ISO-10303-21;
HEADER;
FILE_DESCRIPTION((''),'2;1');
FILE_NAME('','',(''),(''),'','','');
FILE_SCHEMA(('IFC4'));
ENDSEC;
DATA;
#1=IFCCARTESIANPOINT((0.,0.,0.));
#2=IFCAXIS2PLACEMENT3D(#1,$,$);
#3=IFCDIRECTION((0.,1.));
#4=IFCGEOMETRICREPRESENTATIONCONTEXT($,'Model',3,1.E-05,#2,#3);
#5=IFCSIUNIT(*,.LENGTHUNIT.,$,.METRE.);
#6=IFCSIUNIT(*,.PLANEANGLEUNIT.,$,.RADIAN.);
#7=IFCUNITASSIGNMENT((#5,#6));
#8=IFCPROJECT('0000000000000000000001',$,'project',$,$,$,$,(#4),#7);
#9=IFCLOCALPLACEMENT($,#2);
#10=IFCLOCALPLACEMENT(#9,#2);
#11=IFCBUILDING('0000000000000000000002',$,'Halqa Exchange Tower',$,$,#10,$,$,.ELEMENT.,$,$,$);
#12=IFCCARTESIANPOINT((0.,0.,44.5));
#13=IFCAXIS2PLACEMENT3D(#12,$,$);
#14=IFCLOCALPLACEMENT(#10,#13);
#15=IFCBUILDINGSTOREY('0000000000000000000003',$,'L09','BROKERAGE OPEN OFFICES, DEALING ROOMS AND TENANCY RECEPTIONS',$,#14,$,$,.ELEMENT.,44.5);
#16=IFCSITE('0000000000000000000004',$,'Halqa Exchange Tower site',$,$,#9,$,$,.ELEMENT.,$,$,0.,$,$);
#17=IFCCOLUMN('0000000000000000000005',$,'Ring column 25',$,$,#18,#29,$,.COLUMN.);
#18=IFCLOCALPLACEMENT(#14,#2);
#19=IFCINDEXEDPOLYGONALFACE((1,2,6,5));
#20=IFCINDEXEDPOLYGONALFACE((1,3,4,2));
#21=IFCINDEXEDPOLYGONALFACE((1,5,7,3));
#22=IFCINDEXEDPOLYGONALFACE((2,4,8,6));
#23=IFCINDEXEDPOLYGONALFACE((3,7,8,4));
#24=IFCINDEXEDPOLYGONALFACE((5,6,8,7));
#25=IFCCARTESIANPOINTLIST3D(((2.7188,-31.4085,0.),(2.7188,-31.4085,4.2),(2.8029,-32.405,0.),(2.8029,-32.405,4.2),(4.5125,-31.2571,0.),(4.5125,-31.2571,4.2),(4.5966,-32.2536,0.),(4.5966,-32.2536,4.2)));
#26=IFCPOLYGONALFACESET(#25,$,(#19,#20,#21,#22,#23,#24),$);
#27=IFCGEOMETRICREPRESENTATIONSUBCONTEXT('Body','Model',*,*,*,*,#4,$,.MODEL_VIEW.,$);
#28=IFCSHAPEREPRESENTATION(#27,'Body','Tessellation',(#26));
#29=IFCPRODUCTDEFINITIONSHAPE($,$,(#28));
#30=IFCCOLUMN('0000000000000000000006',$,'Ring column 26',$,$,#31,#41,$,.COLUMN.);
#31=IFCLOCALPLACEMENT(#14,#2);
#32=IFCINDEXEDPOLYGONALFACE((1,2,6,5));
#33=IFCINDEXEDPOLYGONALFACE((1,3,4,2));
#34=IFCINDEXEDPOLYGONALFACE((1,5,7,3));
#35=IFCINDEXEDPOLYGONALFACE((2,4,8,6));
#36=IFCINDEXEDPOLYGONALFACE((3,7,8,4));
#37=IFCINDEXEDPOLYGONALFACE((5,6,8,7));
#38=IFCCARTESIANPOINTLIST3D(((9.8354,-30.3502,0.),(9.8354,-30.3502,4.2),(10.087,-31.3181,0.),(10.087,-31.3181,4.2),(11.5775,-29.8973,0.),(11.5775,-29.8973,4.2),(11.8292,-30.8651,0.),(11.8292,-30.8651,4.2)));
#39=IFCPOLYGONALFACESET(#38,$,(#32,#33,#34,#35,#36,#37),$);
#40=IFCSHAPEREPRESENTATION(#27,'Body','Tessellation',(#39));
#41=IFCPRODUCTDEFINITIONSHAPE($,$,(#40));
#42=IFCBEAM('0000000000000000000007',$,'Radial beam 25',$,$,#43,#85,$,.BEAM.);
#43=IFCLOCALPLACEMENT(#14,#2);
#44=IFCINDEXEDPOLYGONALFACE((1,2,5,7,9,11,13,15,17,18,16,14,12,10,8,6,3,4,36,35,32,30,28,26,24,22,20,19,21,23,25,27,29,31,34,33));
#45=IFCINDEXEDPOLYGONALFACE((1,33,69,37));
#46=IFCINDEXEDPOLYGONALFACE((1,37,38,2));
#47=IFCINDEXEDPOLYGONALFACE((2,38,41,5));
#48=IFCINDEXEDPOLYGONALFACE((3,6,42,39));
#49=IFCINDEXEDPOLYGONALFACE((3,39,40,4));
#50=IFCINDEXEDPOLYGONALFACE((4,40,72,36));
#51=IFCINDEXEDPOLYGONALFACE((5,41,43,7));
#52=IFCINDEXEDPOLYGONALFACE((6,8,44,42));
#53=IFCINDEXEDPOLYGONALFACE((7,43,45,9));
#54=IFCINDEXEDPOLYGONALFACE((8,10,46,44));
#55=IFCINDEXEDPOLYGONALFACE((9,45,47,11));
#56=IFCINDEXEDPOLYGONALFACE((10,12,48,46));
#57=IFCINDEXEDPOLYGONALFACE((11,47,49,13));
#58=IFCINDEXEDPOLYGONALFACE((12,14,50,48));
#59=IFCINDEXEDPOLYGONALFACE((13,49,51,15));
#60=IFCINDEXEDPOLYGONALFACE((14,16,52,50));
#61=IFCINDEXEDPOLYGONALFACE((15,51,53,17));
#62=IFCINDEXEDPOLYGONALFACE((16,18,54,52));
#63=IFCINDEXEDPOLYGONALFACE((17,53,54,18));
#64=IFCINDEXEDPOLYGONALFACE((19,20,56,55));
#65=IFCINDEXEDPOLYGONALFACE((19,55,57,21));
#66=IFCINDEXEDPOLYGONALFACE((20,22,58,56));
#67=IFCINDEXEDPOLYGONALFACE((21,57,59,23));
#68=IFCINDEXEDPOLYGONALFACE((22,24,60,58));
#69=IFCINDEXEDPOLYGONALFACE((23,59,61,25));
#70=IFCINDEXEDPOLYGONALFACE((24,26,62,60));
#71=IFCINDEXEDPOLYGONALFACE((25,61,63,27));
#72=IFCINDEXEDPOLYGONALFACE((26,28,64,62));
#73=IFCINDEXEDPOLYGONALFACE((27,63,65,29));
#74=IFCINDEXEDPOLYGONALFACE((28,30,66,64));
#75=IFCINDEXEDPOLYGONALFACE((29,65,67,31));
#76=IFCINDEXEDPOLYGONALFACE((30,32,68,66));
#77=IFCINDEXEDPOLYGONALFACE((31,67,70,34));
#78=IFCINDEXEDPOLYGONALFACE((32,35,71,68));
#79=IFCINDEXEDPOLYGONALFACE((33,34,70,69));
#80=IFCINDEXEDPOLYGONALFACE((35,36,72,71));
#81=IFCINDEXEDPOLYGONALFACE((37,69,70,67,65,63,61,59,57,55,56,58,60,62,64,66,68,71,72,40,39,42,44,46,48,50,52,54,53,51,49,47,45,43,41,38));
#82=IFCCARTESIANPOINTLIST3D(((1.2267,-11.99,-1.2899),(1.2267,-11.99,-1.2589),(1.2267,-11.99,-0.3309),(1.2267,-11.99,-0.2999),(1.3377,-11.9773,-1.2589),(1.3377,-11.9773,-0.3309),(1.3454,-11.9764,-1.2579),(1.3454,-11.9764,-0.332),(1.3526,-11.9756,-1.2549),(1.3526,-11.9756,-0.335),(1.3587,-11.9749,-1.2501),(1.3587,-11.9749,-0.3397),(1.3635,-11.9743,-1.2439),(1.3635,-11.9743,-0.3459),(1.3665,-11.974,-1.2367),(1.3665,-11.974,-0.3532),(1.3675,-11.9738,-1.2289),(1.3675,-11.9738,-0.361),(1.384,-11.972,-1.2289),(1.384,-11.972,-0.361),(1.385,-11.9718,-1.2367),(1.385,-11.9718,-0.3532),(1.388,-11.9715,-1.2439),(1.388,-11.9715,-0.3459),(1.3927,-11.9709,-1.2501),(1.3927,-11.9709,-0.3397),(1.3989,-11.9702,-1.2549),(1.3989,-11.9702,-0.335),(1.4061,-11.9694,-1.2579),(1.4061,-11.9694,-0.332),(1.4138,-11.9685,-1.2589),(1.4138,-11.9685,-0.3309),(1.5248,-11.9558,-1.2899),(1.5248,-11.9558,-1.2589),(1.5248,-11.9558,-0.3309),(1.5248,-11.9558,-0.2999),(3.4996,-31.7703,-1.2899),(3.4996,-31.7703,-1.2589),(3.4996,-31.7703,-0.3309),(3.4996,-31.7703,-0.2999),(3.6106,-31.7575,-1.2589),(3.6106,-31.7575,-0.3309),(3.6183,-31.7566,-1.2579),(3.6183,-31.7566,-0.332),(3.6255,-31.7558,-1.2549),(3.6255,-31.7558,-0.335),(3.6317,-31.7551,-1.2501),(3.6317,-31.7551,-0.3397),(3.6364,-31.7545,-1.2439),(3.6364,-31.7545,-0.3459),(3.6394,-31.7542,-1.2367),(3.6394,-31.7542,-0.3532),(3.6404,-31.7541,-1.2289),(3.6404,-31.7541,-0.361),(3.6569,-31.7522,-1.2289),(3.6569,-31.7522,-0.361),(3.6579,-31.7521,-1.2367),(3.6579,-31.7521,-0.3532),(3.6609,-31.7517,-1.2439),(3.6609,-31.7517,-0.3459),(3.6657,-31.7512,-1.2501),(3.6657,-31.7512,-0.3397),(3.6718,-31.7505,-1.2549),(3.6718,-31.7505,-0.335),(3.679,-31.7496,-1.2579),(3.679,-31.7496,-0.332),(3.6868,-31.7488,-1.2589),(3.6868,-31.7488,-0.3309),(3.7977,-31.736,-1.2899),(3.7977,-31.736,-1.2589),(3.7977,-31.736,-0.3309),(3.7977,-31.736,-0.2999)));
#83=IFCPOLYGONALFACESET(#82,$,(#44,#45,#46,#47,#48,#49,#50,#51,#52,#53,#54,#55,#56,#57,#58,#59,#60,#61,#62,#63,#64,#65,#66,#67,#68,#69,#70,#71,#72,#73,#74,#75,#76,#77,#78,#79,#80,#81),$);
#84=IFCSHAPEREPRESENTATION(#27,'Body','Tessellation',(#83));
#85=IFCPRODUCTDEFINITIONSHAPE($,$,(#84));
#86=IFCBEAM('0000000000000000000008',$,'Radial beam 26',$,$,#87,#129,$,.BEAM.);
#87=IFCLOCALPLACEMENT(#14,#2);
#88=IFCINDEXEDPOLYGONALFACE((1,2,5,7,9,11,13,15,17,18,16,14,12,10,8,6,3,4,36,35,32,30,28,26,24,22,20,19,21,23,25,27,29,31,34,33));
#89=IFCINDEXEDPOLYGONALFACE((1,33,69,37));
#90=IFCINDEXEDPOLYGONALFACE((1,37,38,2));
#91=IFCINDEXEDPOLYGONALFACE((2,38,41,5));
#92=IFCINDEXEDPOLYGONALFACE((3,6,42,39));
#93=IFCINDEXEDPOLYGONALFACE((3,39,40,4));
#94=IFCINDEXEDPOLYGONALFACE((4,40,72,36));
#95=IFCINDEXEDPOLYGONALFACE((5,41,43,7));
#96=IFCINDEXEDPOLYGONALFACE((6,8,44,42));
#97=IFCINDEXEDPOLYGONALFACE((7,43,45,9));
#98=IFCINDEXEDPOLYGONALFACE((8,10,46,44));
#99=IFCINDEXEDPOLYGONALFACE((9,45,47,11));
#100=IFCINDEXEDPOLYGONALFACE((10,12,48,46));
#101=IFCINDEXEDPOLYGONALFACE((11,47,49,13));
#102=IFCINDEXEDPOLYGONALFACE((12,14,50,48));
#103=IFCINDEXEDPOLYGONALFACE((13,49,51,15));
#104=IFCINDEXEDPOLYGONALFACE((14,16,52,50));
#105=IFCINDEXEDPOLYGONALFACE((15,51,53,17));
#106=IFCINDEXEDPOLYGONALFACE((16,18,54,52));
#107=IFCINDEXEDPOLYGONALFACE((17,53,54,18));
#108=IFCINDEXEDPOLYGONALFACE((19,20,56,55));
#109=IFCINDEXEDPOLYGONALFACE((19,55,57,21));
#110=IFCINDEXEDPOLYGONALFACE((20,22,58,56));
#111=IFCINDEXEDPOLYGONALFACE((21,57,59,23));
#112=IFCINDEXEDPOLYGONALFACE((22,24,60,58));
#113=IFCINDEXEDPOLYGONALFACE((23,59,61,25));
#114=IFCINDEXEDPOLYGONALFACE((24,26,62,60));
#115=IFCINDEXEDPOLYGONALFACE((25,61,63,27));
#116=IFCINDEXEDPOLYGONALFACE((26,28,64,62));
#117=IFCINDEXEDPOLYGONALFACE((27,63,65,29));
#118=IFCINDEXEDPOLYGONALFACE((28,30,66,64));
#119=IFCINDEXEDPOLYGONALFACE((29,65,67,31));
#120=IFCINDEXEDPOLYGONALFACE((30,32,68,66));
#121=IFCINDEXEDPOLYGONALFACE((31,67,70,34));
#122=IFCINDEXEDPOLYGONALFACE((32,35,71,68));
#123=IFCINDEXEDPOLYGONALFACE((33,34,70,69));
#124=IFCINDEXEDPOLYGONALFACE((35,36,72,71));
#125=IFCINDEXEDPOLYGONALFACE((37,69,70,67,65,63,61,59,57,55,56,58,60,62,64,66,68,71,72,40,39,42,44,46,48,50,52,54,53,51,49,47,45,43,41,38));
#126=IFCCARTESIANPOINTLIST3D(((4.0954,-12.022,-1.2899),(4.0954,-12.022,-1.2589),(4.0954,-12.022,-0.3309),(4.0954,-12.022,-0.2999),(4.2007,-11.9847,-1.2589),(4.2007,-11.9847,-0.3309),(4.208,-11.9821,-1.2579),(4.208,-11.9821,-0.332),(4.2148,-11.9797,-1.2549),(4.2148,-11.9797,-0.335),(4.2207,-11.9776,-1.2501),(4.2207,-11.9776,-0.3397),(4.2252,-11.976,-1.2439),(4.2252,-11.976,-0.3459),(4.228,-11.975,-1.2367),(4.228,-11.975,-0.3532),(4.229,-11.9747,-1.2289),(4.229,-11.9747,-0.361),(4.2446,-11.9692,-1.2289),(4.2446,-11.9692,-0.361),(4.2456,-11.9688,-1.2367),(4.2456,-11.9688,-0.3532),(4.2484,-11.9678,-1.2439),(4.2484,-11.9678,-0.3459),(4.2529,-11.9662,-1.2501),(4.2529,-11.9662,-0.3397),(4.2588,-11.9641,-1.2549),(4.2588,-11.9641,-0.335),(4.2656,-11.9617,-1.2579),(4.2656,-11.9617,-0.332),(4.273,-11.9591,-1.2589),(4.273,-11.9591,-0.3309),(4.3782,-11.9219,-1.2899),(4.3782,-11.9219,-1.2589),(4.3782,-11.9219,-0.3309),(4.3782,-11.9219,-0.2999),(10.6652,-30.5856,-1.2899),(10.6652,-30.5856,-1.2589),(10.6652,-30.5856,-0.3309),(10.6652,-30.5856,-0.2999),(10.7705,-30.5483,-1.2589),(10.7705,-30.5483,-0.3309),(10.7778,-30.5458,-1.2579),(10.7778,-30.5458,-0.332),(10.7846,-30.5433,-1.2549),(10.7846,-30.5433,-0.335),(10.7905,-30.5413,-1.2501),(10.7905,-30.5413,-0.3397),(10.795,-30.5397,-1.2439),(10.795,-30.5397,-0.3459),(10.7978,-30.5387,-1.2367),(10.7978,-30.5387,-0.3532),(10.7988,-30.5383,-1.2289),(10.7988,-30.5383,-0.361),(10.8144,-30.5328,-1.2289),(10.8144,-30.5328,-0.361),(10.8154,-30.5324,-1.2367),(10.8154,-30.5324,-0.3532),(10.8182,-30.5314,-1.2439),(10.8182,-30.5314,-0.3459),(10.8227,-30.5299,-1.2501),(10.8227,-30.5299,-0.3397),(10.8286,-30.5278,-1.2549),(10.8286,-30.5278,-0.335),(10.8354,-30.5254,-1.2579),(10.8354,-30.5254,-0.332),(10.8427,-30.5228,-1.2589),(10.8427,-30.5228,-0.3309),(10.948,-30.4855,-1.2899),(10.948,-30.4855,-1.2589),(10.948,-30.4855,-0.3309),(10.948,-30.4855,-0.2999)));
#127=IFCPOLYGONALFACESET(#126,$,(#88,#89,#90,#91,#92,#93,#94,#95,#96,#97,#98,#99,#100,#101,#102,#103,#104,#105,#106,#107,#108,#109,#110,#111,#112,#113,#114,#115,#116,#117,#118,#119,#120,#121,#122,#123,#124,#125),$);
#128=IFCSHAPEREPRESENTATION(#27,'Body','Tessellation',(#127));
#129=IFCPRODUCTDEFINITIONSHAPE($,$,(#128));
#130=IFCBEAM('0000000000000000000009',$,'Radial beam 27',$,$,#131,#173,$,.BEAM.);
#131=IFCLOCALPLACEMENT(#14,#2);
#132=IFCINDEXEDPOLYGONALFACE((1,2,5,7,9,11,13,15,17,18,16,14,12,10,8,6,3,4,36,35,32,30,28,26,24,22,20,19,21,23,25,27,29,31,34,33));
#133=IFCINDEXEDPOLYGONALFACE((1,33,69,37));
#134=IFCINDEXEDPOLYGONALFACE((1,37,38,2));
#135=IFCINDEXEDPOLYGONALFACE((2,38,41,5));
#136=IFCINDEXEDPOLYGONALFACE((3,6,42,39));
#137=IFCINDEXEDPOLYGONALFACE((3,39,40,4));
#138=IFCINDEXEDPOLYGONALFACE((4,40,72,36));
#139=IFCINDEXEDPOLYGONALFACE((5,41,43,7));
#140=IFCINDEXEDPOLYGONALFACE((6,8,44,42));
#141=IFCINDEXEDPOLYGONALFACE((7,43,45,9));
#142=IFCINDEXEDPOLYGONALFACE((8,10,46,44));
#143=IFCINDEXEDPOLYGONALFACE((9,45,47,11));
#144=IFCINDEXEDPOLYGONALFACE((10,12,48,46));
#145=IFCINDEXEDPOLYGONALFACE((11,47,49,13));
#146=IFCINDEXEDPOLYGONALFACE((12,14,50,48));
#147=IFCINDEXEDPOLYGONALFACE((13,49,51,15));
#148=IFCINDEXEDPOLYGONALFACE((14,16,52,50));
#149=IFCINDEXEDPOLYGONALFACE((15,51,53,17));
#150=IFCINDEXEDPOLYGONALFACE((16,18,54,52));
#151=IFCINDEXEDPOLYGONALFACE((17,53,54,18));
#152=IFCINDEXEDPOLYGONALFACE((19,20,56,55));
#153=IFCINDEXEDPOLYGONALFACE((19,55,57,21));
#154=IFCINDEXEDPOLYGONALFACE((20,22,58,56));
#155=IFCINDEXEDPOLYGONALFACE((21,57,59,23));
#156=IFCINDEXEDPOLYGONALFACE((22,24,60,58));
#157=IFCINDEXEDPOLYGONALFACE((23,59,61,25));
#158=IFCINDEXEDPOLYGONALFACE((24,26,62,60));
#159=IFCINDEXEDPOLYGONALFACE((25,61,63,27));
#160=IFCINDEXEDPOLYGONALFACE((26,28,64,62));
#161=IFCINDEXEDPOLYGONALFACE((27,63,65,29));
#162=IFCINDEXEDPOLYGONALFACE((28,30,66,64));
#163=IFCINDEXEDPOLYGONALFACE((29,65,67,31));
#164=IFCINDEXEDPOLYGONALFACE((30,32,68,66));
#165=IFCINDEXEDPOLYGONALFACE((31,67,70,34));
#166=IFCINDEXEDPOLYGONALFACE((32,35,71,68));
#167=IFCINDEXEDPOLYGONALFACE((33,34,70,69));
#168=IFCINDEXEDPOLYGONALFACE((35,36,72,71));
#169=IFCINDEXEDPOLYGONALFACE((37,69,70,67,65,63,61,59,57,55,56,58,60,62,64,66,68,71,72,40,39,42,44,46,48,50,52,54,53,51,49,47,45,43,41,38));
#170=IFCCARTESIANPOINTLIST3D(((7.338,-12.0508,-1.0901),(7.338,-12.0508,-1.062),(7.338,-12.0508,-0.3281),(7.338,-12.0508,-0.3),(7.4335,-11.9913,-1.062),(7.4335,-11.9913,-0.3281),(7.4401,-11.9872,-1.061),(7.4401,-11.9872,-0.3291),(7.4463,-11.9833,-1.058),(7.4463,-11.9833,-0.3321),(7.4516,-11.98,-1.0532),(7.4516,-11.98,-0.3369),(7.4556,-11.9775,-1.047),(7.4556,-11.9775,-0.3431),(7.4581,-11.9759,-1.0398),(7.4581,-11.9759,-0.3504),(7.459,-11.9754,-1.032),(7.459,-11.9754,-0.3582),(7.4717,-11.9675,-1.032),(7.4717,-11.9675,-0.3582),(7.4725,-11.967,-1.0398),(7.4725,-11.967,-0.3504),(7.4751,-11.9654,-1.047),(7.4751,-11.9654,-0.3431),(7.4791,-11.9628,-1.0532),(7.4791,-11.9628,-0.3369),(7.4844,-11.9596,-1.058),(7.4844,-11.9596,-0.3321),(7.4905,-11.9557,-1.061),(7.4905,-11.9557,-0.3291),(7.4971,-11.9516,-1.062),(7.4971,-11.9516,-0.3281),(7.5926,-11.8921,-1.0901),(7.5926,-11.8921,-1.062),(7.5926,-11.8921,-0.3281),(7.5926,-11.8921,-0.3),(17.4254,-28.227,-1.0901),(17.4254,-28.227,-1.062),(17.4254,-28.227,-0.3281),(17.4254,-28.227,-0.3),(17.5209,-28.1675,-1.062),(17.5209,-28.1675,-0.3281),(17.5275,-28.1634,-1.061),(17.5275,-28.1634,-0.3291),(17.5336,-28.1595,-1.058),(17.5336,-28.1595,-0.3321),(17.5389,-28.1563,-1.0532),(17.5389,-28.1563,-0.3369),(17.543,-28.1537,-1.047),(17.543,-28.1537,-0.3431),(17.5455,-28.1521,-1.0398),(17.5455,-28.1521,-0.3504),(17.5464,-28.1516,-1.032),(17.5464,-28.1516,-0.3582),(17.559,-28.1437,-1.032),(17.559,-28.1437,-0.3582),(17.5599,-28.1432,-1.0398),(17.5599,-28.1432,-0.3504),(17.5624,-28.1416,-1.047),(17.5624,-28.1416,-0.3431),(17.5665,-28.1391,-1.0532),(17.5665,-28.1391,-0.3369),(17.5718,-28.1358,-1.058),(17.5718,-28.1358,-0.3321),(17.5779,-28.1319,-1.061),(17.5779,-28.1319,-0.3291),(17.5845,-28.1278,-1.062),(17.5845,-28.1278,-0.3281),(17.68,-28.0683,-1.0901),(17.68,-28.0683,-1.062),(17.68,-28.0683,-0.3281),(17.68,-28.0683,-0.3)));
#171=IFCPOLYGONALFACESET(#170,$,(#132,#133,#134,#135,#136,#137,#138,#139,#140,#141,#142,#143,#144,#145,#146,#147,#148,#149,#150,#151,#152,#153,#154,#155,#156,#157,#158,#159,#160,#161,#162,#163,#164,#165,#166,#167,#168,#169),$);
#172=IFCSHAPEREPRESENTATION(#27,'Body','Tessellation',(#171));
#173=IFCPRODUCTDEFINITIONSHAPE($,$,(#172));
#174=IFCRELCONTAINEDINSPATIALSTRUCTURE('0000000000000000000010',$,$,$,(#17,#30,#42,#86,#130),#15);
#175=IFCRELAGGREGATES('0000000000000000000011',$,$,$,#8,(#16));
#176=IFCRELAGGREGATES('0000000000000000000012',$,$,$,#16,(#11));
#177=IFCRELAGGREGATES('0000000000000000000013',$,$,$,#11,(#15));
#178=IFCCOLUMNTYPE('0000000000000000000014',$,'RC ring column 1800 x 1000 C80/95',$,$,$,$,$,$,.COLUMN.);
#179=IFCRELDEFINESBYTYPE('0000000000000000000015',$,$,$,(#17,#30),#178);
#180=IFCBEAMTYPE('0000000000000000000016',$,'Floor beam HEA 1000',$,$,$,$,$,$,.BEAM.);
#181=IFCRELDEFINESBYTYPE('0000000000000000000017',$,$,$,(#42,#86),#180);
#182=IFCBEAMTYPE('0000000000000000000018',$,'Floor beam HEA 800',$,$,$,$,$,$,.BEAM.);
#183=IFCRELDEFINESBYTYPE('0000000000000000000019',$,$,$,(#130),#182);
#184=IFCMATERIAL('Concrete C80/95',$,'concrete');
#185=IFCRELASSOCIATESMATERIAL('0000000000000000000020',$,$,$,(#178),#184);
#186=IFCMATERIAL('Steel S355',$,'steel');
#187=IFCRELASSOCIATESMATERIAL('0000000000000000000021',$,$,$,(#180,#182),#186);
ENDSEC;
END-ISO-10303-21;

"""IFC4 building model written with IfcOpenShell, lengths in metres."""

from ifc_helpers import new_model, si_unit, direction, frame, origin, origin_2d, place, context, subcontext, project, spatial, rectangle, i_section, extrude, material, material_profile, profile_set, type_object, element, save


model = new_model("IFC4")

# Units and contexts
model_context = context("Model", 3, precision=1e-05, world=origin(), true_north=direction((0.0, 1.0)))
body_context = subcontext(model_context, "Body", "Model", "MODEL_VIEW")
ifc_project = project(units=[si_unit("LENGTHUNIT", "METRE"), si_unit("PLANEANGLEUNIT", "RADIAN")], contexts=[model_context])

# Site, building, storey
site_placement = place(None, origin())
site = spatial("IfcSite", under=ifc_project, at=site_placement, Name="Halqa Exchange Tower site", CompositionType="ELEMENT", RefElevation=0.0)
building_placement = place(site_placement, origin())
building = spatial("IfcBuilding", under=site, at=building_placement, Name="Halqa Exchange Tower", CompositionType="ELEMENT")
storey_placement = place(building_placement, frame((0.0, 0.0, 44.5)))
storey = spatial("IfcBuildingStorey", under=building, at=storey_placement, Name="L09", Description="BROKERAGE OPEN OFFICES, DEALING ROOMS AND TENANCY RECEPTIONS", CompositionType="ELEMENT", Elevation=44.5)

# Columns
ifc_material_1 = material(Name="Concrete C80/95", Category="concrete")
ifc_material_profile_1 = material_profile(ifc_material_1, rectangle(XDim=1.8, YDim=1.0, at=origin_2d()), Name="1800 x 1000")
ifc_profile_set_1 = profile_set([ifc_material_profile_1], Name="Concrete C80/95")
column_type = type_object("IfcColumnType", Name="RC ring column 1800 x 1000 C80/95", PredefinedType="COLUMN", material=ifc_profile_set_1)
for number, where, z_axis, x_axis, name in (
    (1, (3.6577, -31.8311, 0.0), (0.0, 0.0, 1.0), (0.996455, 0.084125, 0.0), "Ring column 25"),
    (2, (10.8323, -30.6077, 0.0), (0.0, 0.0, 1.0), (0.96782, 0.251644, 0.0), "Ring column 26"),
):
    element("IfcColumn", number, at=place(storey_placement, frame(where, z_axis=z_axis, x_axis=x_axis)), inside=storey, type_object=column_type, Name=name, PredefinedType="COLUMN", context=body_context, shape_type="SweptSolid", body=[
        extrude(rectangle(XDim=1.8, YDim=1.0, at=origin_2d()), origin(), (0.0, 0.0, 1.0), 4.2),
    ])

# Beams
ifc_material_2 = material(Name="Steel S355", Category="steel")
ifc_material_profile_2 = material_profile(ifc_material_2, i_section(OverallWidth=0.3, OverallDepth=0.99, WebThickness=0.0166, FlangeThickness=0.031, FilletRadius=0.03, at=origin_2d()), Name="HEA 1000")
ifc_profile_set_2 = profile_set([ifc_material_profile_2], Name="Steel S355")
beam_type_1 = type_object("IfcBeamType", Name="Floor beam HEA 1000", PredefinedType="BEAM", material=ifc_profile_set_2)
beam_1_placement = place(storey_placement, frame((1.3757, -11.9729, -0.7949), z_axis=(0.114159, -0.993463, 0.0), x_axis=(0.993463, 0.114159, 0.0)))
element("IfcBeam", 3, at=beam_1_placement, inside=storey, type_object=beam_type_1, Name="Radial beam 25", PredefinedType="BEAM", context=body_context, shape_type="SweptSolid", body=[
    extrude(i_section(OverallWidth=0.3, OverallDepth=0.99, WebThickness=0.0166, FlangeThickness=0.031, FilletRadius=0.03, at=origin_2d()), origin(), (0.0, 0.0, 1.0), 19.9104),
])
beam_2_placement = place(storey_placement, frame((4.2368, -11.9719, -0.7949), z_axis=(0.333629, -0.942704, 0.0), x_axis=(0.942704, 0.333629, 0.0)))
element("IfcBeam", 4, at=beam_2_placement, inside=storey, type_object=beam_type_1, Name="Radial beam 26", PredefinedType="BEAM", context=body_context, shape_type="SweptSolid", body=[
    extrude(i_section(OverallWidth=0.3, OverallDepth=0.99, WebThickness=0.0166, FlangeThickness=0.031, FilletRadius=0.03, at=origin_2d()), origin(), (0.0, 0.0, 1.0), 19.6919),
])
ifc_material_profile_3 = material_profile(ifc_material_2, i_section(OverallWidth=0.3, OverallDepth=0.79, WebThickness=0.0149, FlangeThickness=0.0281, FilletRadius=0.03, at=origin_2d()), Name="HEA 800")
ifc_profile_set_3 = profile_set([ifc_material_profile_3], Name="Steel S355")
beam_type_2 = type_object("IfcBeamType", Name="Floor beam HEA 800", PredefinedType="BEAM", material=ifc_profile_set_3)
beam_3_placement = place(storey_placement, frame((7.4653, -11.9714, -0.6951), z_axis=(0.52914, -0.848535, 0.0), x_axis=(0.848535, 0.52914, 0.0)))
element("IfcBeam", 5, at=beam_3_placement, inside=storey, type_object=beam_type_2, Name="Radial beam 27", PredefinedType="BEAM", context=body_context, shape_type="SweptSolid", body=[
    extrude(i_section(OverallWidth=0.3, OverallDepth=0.79, WebThickness=0.0149, FlangeThickness=0.0281, FilletRadius=0.03, at=origin_2d()), origin(), (0.0, 0.0, 1.0), 19.0637),
])

save(model, "model.ifc")
